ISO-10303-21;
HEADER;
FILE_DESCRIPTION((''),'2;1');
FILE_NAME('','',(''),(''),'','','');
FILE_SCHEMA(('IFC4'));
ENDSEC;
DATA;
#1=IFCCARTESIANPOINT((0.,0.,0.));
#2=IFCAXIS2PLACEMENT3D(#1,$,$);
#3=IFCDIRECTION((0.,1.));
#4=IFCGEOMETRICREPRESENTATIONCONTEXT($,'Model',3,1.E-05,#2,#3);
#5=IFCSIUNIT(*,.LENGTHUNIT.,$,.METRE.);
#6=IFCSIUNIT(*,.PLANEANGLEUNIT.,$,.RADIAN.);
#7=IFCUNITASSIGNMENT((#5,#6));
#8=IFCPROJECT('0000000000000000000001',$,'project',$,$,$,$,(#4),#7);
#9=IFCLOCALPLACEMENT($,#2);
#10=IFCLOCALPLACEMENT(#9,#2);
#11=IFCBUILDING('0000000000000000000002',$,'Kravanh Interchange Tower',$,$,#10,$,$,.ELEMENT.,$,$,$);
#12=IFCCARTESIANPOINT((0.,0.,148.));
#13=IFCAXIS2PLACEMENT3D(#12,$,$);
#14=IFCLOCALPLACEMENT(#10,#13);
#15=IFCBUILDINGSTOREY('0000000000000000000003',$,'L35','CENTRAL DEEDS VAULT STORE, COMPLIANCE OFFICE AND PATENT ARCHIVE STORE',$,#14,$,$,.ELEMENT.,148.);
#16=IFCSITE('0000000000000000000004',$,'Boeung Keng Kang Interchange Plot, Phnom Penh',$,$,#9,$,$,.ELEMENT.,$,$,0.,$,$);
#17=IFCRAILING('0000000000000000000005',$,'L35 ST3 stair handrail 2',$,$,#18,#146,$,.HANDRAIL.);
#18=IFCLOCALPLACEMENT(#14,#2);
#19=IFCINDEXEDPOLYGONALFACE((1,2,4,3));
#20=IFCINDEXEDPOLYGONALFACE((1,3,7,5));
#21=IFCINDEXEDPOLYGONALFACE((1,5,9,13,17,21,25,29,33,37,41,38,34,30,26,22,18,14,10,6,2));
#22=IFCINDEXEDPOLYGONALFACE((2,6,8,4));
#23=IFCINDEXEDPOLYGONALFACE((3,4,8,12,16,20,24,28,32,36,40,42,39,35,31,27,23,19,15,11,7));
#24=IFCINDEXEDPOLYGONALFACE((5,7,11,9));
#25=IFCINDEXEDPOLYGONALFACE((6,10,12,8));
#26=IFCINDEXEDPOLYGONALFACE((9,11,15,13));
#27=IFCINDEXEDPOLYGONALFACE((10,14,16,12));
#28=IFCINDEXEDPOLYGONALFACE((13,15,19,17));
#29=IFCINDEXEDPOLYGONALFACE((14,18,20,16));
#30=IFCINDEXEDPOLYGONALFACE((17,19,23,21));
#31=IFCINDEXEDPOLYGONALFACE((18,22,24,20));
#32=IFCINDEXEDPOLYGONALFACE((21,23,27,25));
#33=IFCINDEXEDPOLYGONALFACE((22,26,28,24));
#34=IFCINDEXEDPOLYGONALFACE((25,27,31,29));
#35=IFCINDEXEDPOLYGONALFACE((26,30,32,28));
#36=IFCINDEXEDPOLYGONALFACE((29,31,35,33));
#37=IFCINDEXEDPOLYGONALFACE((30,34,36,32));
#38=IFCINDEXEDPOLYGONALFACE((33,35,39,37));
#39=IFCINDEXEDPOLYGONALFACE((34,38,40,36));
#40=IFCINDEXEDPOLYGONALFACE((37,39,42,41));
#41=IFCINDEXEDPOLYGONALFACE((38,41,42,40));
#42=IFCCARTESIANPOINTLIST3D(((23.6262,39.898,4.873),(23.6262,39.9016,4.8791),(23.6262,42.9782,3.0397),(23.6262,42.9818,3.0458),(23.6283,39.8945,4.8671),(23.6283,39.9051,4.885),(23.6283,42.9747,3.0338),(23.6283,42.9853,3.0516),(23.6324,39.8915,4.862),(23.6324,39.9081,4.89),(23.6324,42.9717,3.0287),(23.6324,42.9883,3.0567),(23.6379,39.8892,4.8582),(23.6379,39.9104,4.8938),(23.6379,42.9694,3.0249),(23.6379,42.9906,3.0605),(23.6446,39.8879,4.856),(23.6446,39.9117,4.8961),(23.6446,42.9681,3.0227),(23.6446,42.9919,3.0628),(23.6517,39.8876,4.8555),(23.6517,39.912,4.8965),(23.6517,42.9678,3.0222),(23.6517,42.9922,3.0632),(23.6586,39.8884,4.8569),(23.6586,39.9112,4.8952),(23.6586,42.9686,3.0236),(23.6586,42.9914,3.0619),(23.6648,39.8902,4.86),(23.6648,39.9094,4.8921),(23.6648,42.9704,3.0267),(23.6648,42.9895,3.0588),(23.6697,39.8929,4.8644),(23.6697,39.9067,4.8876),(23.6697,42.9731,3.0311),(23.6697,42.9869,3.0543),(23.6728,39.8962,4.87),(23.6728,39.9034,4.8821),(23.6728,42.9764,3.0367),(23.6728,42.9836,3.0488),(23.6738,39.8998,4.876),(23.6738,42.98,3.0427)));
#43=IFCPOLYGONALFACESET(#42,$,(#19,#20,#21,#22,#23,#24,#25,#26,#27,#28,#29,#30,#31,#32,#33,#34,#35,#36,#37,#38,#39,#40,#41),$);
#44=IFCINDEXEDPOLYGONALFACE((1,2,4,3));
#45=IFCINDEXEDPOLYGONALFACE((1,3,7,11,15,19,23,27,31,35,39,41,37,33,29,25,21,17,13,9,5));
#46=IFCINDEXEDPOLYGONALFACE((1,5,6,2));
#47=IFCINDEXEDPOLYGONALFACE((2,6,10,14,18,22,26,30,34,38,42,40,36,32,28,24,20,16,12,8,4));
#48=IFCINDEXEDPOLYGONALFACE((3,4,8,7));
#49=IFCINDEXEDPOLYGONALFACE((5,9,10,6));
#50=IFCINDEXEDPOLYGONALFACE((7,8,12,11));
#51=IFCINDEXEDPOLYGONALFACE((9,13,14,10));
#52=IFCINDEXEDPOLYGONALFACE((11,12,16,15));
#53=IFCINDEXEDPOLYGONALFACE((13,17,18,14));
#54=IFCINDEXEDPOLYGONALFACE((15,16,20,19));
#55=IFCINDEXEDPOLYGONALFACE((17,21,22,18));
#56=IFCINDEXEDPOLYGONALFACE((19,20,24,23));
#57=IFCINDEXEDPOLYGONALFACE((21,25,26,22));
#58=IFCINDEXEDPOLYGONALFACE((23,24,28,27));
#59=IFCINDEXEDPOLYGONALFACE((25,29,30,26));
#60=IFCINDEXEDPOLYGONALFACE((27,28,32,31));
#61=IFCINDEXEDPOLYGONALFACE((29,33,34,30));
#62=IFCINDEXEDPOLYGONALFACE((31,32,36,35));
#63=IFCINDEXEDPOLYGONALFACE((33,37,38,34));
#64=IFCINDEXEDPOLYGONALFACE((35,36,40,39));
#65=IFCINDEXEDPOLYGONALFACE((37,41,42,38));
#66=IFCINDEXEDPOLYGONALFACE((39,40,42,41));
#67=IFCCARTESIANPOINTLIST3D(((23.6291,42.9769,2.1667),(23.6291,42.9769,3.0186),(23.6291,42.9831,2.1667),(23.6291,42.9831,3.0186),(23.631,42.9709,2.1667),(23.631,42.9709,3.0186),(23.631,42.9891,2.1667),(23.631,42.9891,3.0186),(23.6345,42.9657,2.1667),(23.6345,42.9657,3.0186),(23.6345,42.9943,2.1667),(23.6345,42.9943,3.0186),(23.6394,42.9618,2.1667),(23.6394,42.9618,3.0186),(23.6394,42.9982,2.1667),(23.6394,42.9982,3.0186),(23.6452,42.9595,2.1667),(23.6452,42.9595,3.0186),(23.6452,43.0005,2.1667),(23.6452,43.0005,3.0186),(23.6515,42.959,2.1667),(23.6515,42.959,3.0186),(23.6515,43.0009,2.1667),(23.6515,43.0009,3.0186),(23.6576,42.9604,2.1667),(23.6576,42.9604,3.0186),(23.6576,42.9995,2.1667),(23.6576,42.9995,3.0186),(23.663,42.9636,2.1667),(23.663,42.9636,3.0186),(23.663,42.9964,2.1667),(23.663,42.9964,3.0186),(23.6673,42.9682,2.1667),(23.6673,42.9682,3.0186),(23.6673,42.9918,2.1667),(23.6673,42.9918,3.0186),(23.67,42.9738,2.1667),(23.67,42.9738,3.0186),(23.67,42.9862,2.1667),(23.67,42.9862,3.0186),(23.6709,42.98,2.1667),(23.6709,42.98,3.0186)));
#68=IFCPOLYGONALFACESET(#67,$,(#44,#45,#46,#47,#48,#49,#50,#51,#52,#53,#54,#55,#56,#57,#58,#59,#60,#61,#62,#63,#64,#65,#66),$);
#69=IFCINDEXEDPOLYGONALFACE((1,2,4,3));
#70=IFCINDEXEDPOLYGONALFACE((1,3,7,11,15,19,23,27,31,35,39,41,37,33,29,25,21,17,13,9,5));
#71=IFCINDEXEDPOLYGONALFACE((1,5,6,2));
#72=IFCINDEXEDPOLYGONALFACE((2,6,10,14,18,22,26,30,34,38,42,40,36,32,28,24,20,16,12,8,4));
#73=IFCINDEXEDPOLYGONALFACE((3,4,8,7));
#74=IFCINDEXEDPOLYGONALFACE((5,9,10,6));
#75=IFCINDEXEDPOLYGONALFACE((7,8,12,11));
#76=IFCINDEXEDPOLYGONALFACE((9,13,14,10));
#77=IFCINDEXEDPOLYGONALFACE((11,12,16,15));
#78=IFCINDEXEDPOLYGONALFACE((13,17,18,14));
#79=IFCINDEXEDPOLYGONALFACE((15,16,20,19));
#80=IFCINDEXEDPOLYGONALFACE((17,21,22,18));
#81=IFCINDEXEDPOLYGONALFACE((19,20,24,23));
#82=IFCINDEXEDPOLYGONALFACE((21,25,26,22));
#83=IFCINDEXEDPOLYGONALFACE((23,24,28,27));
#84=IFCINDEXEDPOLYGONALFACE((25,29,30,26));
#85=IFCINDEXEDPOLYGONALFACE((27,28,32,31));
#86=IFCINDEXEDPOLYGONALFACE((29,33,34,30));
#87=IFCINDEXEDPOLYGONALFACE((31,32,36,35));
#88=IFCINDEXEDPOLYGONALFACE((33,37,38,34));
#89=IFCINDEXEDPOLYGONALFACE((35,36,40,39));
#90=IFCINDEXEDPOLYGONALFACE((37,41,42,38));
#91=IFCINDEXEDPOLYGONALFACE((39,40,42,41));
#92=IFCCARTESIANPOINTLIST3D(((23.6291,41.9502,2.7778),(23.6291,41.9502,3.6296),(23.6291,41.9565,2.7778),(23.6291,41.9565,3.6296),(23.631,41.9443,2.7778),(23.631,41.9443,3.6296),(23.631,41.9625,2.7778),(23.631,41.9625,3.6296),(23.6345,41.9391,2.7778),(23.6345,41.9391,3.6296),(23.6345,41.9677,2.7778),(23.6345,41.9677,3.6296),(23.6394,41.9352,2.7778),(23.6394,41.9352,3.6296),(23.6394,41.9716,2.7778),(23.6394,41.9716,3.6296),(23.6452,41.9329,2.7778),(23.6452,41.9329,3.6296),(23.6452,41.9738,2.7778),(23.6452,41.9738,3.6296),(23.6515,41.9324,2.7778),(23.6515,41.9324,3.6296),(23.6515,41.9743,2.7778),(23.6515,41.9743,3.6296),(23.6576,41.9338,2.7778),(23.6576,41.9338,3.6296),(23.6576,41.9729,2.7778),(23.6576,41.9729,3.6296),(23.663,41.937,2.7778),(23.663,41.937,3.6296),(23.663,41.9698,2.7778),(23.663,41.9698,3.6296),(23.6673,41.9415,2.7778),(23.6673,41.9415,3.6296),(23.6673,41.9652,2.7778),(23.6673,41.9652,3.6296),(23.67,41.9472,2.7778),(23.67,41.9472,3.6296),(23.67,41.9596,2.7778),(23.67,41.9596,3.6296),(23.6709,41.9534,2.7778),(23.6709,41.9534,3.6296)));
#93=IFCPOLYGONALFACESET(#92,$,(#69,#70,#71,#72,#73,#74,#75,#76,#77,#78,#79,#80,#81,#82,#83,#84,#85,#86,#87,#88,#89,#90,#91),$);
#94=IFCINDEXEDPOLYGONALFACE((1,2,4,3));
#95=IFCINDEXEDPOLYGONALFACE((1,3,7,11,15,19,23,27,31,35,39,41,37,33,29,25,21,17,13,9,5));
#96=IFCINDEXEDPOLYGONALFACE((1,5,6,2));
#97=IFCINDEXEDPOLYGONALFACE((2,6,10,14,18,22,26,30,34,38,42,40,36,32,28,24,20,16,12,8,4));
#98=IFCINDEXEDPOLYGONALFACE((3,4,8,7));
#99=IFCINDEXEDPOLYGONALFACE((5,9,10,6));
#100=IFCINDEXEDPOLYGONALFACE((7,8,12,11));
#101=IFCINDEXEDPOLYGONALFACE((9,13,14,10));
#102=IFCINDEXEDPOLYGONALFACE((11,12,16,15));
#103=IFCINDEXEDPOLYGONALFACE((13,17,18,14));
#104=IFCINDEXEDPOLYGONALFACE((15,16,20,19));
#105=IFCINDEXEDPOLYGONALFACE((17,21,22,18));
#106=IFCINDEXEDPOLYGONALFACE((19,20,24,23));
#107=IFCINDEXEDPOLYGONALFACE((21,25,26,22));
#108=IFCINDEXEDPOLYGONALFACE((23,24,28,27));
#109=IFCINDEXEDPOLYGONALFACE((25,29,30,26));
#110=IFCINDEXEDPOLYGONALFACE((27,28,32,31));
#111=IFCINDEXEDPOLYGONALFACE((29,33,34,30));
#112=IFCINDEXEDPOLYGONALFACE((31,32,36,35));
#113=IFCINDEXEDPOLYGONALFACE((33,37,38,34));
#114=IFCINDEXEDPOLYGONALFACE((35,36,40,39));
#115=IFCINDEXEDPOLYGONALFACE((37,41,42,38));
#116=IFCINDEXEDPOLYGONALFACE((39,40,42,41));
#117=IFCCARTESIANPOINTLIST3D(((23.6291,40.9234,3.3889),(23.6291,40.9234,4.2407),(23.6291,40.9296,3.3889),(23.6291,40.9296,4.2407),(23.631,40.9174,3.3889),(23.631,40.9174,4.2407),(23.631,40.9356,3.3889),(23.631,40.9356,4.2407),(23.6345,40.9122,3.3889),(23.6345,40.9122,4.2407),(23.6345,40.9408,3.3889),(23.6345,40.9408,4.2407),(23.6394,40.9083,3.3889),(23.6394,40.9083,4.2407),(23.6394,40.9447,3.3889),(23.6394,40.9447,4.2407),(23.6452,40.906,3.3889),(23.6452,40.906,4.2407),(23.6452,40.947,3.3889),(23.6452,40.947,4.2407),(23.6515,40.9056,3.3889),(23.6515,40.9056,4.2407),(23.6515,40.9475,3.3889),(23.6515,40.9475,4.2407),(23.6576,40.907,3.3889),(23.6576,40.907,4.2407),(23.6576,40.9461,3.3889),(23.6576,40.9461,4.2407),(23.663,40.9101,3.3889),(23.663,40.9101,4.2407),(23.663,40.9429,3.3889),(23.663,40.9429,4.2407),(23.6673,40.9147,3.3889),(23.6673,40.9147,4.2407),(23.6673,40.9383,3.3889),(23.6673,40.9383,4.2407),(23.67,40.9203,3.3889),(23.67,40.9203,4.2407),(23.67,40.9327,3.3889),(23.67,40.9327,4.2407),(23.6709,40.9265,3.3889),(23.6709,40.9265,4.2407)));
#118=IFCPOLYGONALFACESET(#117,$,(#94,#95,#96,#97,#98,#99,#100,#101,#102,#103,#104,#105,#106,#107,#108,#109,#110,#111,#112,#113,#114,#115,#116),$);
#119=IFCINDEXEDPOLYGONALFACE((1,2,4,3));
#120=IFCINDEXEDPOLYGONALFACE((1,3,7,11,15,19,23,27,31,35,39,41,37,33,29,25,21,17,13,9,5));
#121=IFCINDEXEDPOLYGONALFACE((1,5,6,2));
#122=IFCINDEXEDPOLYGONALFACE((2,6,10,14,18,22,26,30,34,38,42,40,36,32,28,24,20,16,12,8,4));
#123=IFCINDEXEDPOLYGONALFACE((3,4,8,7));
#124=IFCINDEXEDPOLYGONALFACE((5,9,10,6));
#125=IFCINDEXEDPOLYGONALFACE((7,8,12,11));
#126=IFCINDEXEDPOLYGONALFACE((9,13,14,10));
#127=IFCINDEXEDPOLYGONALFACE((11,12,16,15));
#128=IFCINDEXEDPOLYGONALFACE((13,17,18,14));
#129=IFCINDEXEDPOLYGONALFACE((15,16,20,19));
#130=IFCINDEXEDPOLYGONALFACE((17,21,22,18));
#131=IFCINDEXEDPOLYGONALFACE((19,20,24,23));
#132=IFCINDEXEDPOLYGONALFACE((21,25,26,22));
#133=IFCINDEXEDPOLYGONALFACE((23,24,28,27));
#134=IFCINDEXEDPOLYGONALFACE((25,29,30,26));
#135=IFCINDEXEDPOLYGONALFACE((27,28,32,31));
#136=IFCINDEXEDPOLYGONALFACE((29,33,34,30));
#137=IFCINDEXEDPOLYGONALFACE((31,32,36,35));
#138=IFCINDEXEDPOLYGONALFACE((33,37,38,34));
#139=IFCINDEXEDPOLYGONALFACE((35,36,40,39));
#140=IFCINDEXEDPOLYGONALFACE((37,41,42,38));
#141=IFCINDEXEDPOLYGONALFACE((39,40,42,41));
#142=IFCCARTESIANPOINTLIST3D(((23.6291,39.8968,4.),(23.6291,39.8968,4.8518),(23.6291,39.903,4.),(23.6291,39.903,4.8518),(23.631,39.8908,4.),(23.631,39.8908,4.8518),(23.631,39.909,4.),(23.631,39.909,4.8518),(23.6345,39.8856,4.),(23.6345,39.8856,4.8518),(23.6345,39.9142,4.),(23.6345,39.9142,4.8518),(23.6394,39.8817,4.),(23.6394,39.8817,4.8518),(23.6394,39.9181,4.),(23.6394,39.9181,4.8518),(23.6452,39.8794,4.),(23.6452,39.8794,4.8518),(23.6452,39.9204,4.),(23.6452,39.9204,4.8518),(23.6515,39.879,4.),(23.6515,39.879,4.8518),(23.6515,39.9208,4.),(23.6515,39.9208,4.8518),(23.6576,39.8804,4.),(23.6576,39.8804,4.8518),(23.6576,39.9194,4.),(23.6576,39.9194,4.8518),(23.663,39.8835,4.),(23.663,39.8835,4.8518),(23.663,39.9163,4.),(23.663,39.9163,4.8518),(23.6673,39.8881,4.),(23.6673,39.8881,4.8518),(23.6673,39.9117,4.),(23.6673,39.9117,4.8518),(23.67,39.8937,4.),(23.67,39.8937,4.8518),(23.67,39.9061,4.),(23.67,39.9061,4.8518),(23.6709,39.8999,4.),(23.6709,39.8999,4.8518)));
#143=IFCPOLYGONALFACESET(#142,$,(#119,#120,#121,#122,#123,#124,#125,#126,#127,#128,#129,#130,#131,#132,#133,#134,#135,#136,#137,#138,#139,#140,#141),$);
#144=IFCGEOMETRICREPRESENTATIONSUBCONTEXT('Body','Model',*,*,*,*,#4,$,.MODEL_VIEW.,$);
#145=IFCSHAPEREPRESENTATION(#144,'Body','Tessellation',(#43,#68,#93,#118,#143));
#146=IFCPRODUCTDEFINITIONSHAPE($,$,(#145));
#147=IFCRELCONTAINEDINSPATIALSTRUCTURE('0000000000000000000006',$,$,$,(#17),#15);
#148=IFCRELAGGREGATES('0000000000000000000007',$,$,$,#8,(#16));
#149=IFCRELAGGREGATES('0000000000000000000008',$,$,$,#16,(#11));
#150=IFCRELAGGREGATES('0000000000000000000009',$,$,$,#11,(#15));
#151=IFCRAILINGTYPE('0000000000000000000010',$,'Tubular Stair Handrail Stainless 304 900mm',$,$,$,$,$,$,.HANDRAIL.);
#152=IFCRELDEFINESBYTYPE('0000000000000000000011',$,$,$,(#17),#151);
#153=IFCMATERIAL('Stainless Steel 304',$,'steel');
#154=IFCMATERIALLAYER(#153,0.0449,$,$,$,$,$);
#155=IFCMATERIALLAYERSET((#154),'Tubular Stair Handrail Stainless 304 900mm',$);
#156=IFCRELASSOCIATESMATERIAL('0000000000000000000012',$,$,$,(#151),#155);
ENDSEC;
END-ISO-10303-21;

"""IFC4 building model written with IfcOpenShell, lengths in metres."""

from ifc_helpers import new_model, si_unit, direction, frame, origin, origin_2d, place, context, subcontext, project, spatial, circle, extrude, material, layer, layer_set, type_object, element, save


model = new_model("IFC4")

# Units and contexts
model_context = context("Model", 3, precision=1e-05, world=origin(), true_north=direction((0.0, 1.0)))
body_context = subcontext(model_context, "Body", "Model", "MODEL_VIEW")
ifc_project = project(units=[si_unit("LENGTHUNIT", "METRE"), si_unit("PLANEANGLEUNIT", "RADIAN")], contexts=[model_context])

# Site, building, storey
site_placement = place(None, origin())
site = spatial("IfcSite", under=ifc_project, at=site_placement, Name="Boeung Keng Kang Interchange Plot, Phnom Penh", CompositionType="ELEMENT", RefElevation=0.0)
building_placement = place(site_placement, origin())
building = spatial("IfcBuilding", under=site, at=building_placement, Name="Kravanh Interchange Tower", CompositionType="ELEMENT")
storey_placement = place(building_placement, frame((0.0, 0.0, 148.0)))
storey = spatial("IfcBuildingStorey", under=building, at=storey_placement, Name="L35", Description="CENTRAL DEEDS VAULT STORE, COMPLIANCE OFFICE AND PATENT ARCHIVE STORE", CompositionType="ELEMENT", Elevation=148.0)

# Railing
ifc_material_1 = material(Name="Stainless Steel 304", Category="steel")
ifc_layer_1 = layer(ifc_material_1, 0.0449)
ifc_layer_set_1 = layer_set([ifc_layer_1], Name="Tubular Stair Handrail Stainless 304 900mm")
railing_type_1 = type_object("IfcRailingType", Name="Tubular Stair Handrail Stainless 304 900mm", PredefinedType="HANDRAIL", material=ifc_layer_set_1)
railing_1_placement = place(storey_placement, frame((23.6499, 42.98, 2.1667)))
element("IfcRailing", 1, at=railing_1_placement, inside=storey, type_object=railing_type_1, Name="L35 ST3 stair handrail 2", PredefinedType="HANDRAIL", context=body_context, shape_type="SweptSolid", body=[
    extrude(circle(Radius=0.0239, at=origin_2d()), frame((0.0, 0.0, 0.876), z_axis=(0.0, -0.859309, 0.511458), x_axis=(1.0, 0.0, 0.0)), (0.0, 0.0, 1.0), 3.5845),
    extrude(circle(Radius=0.021, at=origin_2d()), origin(), (0.0, 0.0, 1.0), 0.8518),
    extrude(circle(Radius=0.021, at=origin_2d()), frame((0.0, -1.0266, 0.6111)), (0.0, 0.0, 1.0), 0.8518),
    extrude(circle(Radius=0.021, at=origin_2d()), frame((0.0, -2.0535, 1.2222)), (0.0, 0.0, 1.0), 0.8518),
    extrude(circle(Radius=0.021, at=origin_2d()), frame((0.0, -3.0801, 1.8333)), (0.0, 0.0, 1.0), 0.8518),
])

save(model, "model.ifc")
